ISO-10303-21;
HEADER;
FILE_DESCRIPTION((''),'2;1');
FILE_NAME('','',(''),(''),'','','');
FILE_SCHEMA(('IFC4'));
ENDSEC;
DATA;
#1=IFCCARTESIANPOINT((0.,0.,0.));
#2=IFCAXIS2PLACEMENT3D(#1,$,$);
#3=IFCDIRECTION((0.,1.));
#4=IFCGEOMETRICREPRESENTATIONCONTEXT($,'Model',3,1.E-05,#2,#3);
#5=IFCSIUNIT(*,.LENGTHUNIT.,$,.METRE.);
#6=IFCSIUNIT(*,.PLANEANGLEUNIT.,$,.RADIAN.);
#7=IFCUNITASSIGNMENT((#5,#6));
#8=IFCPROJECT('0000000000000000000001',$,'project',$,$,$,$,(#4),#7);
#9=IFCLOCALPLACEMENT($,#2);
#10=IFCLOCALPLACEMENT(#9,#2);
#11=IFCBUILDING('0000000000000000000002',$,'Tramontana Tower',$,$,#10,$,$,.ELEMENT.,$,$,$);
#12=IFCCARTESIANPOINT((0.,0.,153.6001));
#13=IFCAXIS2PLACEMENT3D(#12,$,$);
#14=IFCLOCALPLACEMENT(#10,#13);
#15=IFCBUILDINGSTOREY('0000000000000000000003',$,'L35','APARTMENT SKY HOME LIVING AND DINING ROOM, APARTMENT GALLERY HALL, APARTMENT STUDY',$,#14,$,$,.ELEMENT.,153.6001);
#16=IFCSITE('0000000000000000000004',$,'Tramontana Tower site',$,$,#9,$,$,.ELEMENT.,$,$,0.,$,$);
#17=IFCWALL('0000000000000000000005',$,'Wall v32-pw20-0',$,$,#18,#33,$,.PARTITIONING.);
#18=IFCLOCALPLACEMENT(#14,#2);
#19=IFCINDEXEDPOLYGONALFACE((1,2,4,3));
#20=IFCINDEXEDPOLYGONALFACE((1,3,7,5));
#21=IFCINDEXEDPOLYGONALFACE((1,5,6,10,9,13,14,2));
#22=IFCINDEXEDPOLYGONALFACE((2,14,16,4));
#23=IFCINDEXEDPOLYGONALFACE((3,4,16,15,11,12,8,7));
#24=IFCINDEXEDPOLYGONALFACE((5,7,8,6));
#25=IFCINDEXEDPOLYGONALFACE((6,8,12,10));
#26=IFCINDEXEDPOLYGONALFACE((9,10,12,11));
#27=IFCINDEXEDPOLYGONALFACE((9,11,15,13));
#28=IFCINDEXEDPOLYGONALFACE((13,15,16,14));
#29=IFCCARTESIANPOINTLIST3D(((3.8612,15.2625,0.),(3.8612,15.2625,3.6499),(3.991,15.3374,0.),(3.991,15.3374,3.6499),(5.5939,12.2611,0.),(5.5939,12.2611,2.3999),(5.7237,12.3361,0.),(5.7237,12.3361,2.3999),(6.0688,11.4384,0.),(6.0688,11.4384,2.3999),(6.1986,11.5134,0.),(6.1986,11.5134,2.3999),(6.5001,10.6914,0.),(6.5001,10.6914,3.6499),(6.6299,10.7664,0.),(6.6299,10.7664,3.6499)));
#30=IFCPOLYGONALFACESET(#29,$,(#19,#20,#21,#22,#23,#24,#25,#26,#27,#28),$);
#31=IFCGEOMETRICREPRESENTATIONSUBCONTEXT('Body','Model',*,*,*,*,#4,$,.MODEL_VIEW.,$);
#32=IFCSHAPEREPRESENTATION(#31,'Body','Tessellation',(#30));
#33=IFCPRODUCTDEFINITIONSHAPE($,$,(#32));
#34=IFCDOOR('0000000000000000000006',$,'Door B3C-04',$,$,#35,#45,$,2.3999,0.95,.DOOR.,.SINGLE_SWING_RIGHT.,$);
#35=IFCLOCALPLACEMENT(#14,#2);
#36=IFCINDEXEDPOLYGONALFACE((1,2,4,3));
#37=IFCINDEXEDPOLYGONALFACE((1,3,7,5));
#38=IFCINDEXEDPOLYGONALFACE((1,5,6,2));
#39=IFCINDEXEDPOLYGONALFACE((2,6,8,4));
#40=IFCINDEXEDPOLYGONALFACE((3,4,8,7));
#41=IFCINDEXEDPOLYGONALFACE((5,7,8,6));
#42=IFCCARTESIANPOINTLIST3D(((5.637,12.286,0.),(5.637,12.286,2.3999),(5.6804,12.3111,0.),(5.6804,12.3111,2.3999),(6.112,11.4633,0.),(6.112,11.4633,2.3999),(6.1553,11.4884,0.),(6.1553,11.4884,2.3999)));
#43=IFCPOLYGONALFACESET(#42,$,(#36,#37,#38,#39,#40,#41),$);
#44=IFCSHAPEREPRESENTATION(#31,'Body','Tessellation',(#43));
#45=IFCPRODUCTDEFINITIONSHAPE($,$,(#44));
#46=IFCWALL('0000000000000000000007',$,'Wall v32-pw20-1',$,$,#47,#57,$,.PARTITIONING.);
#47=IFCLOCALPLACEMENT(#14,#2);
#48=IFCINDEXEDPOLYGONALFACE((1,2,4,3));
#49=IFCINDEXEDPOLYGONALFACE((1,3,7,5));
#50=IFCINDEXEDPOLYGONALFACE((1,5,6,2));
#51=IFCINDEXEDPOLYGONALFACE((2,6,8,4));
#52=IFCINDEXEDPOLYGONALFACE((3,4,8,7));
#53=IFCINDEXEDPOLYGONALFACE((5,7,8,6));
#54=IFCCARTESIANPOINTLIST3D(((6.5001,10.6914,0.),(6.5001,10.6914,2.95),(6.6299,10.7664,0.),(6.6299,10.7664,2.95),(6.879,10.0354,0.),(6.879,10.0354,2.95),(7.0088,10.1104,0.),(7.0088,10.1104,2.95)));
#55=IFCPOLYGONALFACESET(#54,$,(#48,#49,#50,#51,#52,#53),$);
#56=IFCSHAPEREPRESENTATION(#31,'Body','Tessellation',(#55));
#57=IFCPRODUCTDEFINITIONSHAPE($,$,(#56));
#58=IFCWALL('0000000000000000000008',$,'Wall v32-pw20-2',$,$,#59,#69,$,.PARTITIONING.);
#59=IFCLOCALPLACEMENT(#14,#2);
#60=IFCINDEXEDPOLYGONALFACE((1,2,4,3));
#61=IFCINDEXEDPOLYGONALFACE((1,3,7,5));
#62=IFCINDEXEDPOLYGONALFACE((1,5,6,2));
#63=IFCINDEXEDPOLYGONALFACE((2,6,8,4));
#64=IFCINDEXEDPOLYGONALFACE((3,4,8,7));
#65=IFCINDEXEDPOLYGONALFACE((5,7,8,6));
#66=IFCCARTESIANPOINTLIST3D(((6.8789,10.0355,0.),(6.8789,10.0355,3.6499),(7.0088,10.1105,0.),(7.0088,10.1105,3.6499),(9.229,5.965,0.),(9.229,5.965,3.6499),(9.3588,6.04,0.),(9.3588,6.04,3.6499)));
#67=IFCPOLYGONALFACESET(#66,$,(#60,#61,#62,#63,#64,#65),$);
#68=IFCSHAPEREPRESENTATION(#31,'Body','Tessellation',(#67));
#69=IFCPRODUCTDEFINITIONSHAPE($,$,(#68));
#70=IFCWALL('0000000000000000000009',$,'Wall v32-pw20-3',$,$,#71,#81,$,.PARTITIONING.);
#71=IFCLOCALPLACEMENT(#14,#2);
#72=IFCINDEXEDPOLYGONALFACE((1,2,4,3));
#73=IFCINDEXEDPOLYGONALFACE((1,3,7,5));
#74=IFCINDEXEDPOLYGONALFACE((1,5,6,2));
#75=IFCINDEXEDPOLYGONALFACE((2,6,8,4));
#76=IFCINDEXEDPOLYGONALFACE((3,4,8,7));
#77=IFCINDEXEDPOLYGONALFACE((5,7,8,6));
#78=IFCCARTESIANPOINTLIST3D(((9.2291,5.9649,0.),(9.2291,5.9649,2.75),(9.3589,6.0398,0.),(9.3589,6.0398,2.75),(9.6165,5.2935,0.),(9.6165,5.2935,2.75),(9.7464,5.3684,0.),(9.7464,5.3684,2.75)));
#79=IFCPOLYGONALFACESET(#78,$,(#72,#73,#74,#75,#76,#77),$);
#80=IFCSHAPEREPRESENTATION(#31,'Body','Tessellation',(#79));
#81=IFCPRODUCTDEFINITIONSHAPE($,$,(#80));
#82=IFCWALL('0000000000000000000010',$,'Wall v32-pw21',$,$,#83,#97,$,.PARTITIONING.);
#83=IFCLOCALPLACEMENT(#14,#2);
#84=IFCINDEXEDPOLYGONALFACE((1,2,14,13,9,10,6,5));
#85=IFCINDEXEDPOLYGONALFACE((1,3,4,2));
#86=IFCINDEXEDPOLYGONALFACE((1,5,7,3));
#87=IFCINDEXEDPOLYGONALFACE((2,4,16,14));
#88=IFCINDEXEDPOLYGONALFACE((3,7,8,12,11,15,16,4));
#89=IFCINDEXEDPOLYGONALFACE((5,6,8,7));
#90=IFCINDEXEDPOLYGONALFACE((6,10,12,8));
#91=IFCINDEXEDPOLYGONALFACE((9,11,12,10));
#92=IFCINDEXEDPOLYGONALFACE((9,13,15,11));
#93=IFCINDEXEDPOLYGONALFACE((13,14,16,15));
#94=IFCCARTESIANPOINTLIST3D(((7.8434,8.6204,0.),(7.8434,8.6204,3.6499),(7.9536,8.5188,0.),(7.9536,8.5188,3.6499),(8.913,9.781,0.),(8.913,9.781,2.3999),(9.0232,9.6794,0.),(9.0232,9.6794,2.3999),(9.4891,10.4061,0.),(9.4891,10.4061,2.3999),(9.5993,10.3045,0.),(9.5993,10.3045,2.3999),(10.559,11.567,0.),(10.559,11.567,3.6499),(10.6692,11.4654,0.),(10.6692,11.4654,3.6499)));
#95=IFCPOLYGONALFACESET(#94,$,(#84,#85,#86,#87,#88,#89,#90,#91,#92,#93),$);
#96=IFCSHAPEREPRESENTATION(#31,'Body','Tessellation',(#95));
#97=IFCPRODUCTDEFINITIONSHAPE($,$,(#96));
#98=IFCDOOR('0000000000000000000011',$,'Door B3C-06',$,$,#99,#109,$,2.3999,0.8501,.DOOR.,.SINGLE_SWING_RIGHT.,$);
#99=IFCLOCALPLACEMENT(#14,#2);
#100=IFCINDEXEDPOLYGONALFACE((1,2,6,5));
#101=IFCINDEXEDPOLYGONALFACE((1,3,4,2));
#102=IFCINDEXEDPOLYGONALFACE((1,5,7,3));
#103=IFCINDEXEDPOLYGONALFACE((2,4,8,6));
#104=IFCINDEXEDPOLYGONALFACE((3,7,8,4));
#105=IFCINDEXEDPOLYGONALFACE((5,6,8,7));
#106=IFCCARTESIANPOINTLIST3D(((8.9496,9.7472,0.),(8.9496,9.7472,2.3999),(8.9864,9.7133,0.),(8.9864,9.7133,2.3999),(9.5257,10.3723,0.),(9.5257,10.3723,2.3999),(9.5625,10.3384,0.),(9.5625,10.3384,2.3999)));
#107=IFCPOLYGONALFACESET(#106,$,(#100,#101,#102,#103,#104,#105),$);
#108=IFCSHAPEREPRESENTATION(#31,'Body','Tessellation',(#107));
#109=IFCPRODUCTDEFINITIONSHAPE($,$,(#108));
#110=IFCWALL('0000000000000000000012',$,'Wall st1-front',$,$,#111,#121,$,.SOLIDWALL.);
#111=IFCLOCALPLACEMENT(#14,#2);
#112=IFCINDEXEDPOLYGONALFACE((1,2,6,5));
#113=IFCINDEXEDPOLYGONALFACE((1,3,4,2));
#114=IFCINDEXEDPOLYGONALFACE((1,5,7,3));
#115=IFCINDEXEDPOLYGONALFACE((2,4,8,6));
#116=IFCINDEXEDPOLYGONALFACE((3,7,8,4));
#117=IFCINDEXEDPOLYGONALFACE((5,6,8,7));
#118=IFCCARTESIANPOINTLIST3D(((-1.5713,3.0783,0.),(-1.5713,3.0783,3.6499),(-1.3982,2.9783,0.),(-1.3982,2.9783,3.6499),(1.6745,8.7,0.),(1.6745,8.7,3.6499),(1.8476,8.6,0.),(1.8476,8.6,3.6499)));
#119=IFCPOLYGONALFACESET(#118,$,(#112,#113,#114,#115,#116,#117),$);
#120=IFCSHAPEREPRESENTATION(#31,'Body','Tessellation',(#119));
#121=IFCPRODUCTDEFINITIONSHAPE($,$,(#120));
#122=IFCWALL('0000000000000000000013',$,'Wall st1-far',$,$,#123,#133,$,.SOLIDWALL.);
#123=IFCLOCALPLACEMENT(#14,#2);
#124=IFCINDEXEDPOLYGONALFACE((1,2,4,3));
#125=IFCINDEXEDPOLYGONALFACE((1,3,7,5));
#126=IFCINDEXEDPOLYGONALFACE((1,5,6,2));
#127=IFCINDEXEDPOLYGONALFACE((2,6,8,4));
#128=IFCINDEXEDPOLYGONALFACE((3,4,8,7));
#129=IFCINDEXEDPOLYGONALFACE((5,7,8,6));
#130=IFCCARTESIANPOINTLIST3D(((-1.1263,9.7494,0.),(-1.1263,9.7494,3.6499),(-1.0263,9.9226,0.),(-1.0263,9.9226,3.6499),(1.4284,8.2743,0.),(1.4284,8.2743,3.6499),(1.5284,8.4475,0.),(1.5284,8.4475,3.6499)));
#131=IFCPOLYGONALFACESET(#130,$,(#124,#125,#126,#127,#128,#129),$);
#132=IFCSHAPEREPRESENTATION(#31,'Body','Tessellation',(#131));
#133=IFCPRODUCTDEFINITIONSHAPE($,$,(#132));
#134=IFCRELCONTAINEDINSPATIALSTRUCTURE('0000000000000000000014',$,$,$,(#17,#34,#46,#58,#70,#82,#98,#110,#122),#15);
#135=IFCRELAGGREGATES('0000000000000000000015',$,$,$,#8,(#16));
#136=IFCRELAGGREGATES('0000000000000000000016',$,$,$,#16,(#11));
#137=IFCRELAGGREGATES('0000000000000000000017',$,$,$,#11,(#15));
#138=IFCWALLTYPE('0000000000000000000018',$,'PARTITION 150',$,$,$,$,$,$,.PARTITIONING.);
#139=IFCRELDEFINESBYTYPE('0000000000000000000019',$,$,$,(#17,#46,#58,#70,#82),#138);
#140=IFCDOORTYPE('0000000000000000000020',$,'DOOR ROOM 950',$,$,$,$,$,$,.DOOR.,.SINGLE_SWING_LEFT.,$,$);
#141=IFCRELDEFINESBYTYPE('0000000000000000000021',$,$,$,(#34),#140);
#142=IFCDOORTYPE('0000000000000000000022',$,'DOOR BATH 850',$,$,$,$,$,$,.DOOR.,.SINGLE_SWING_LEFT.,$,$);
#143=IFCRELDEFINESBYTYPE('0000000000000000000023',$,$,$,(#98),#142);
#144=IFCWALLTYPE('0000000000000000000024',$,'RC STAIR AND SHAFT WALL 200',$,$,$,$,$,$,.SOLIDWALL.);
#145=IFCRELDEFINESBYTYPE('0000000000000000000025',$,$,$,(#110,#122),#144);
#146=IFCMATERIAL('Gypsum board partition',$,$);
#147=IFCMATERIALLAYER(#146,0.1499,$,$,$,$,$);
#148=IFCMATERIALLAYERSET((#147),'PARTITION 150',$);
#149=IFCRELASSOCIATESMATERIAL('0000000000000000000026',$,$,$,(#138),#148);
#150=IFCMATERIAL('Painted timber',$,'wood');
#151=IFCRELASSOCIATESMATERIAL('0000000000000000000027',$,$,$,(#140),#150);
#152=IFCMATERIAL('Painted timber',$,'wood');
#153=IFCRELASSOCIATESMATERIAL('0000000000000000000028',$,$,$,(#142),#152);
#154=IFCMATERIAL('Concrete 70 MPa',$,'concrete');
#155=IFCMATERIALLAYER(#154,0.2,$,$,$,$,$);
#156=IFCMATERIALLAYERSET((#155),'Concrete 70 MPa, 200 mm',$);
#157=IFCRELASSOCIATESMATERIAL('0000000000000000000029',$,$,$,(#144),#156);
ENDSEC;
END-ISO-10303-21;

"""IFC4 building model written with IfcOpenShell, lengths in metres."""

from ifc_helpers import new_model, si_unit, direction, frame, frame_2d, origin, place, context, subcontext, project, spatial, rectangle, extrude, material, layer, layer_set, type_object, element, fill, save


model = new_model("IFC4")

# Units and contexts
model_context = context("Model", 3, precision=1e-05, world=origin(), true_north=direction((0.0, 1.0)))
body_context = subcontext(model_context, "Body", "Model", "MODEL_VIEW")
ifc_project = project(units=[si_unit("LENGTHUNIT", "METRE"), si_unit("PLANEANGLEUNIT", "RADIAN")], contexts=[model_context])

# Site, building, storey
site_placement = place(None, origin())
site = spatial("IfcSite", under=ifc_project, at=site_placement, Name="Tramontana Tower site", CompositionType="ELEMENT", RefElevation=0.0)
building_placement = place(site_placement, origin())
building = spatial("IfcBuilding", under=site, at=building_placement, Name="Tramontana Tower", CompositionType="ELEMENT")
storey_placement = place(building_placement, frame((0.0, 0.0, 153.6001)))
storey = spatial("IfcBuildingStorey", under=building, at=storey_placement, Name="L35", Description="APARTMENT SKY HOME LIVING AND DINING ROOM, APARTMENT GALLERY HALL, APARTMENT STUDY", CompositionType="ELEMENT", Elevation=153.6001)

# Shared definitions
ifc_material_1 = material(Name="Gypsum board partition")
ifc_layer_1 = layer(ifc_material_1, 0.1499)
ifc_layer_set_1 = layer_set([ifc_layer_1], Name="PARTITION 150")
wall_type_1 = type_object("IfcWallType", Name="PARTITION 150", PredefinedType="PARTITIONING", material=ifc_layer_set_1)

# Wall, opening, door
wall_1_placement = place(storey_placement, frame((3.926, 15.3, 0.0), z_axis=(0.0, 0.0, 1.0), x_axis=(0.499975, -0.86604, 0.0)))
wall_1 = element("IfcWall", 1, at=wall_1_placement, inside=storey, type_object=wall_type_1, Name="Wall v32-pw20-0", PredefinedType="PARTITIONING", context=body_context, shape_type="SweptSolid", body=[
    extrude(rectangle(XDim=5.2781, YDim=0.1499, at=frame_2d((2.6392, 0.0))), origin(), (0.0, 0.0, 1.0), 3.6499),
])
opening_1_placement = place(wall_1_placement, frame((3.4656, 0.0, 0.0)))
opening_1 = element("IfcOpeningElement", 2, at=opening_1_placement, cuts=wall_1, PredefinedType="OPENING", context=body_context, shape_type="SweptSolid", body=[
    extrude(rectangle(XDim=0.95, YDim=2.3999, at=frame_2d((0.4751, 1.2))), frame((0.0, 0.085, 0.0), z_axis=(0.0, -1.0, 0.0), x_axis=(1.0, 0.0, 0.0)), (0.0, 0.0, 1.0), 0.1699),
])
ifc_material_2 = material(Name="Painted timber", Category="wood")
door_type_1 = type_object("IfcDoorType", Name="DOOR ROOM 950", OperationType="SINGLE_SWING_LEFT", PredefinedType="DOOR", material=ifc_material_2)
door_1_placement = place(opening_1_placement, origin())
door_1 = element("IfcDoor", 3, at=door_1_placement, inside=storey, type_object=door_type_1, Name="Door B3C-04", OperationType="SINGLE_SWING_RIGHT", OverallHeight=2.3999, OverallWidth=0.95, PredefinedType="DOOR", context=body_context, shape_type="SweptSolid", body=[
    extrude(rectangle(XDim=0.95, YDim=2.3999, at=frame_2d((0.4751, 1.2))), frame((0.0, 0.0249, 0.0), z_axis=(0.0, -1.0, 0.0), x_axis=(1.0, 0.0, 0.0)), (0.0, 0.0, 1.0), 0.05),
])
fill(opening_1, door_1)

# Walls
wall_2_placement = place(storey_placement, frame((6.5649, 10.729, 0.0), z_axis=(0.0, 0.0, 1.0), x_axis=(0.500159, -0.865933, 0.0)))
element("IfcWall", 4, at=wall_2_placement, inside=storey, type_object=wall_type_1, Name="Wall v32-pw20-1", PredefinedType="PARTITIONING", context=body_context, shape_type="SweptSolid", body=[
    extrude(rectangle(XDim=0.7576, YDim=0.1499, at=frame_2d((0.3789, 0.0))), origin(), (0.0, 0.0, 1.0), 2.95),
])
wall_3_placement = place(storey_placement, frame((6.9438, 10.073, 0.0), z_axis=(0.0, 0.0, 1.0), x_axis=(0.499994, -0.866029, 0.0)))
element("IfcWall", 5, at=wall_3_placement, inside=storey, type_object=wall_type_1, Name="Wall v32-pw20-2", PredefinedType="PARTITIONING", context=body_context, shape_type="SweptSolid", body=[
    extrude(rectangle(XDim=4.7002, YDim=0.1499, at=frame_2d((2.3501, 0.0))), origin(), (0.0, 0.0, 1.0), 3.6499),
])
wall_4_placement = place(storey_placement, frame((9.2939, 6.0024, 0.0), z_axis=(0.0, 0.0, 1.0), x_axis=(0.499832, -0.866123, 0.0)))
element("IfcWall", 6, at=wall_4_placement, inside=storey, type_object=wall_type_1, Name="Wall v32-pw20-3", PredefinedType="PARTITIONING", context=body_context, shape_type="SweptSolid", body=[
    extrude(rectangle(XDim=0.7751, YDim=0.1499, at=frame_2d((0.3877, 0.0))), origin(), (0.0, 0.0, 1.0), 2.75),
])

# Wall, opening, door
wall_5_placement = place(storey_placement, frame((10.614, 11.5161, 0.0), z_axis=(0.0, 0.0, 1.0), x_axis=(-0.6777, -0.735338, 0.0)))
wall_5 = element("IfcWall", 7, at=wall_5_placement, inside=storey, type_object=wall_type_1, Name="Wall v32-pw21", PredefinedType="PARTITIONING", context=body_context, shape_type="SweptSolid", body=[
    extrude(rectangle(XDim=4.0071, YDim=0.1499, at=frame_2d((2.0034, 0.0))), origin(), (0.0, 0.0, 1.0), 3.6499),
])
opening_2_placement = place(wall_5_placement, frame((1.5786, 0.0, 0.0)))
opening_2 = element("IfcOpeningElement", 8, at=opening_2_placement, cuts=wall_5, PredefinedType="OPENING", context=body_context, shape_type="SweptSolid", body=[
    extrude(rectangle(XDim=0.8501, YDim=2.3999, at=frame_2d((0.425, 1.2))), frame((0.0, 0.085, 0.0), z_axis=(0.0, -1.0, 0.0), x_axis=(1.0, 0.0, 0.0)), (0.0, 0.0, 1.0), 0.1699),
])
ifc_material_3 = material(Name="Painted timber", Category="wood")
door_type_2 = type_object("IfcDoorType", Name="DOOR BATH 850", OperationType="SINGLE_SWING_LEFT", PredefinedType="DOOR", material=ifc_material_3)
door_2_placement = place(opening_2_placement, origin())
door_2 = element("IfcDoor", 9, at=door_2_placement, inside=storey, type_object=door_type_2, Name="Door B3C-06", OperationType="SINGLE_SWING_RIGHT", OverallHeight=2.3999, OverallWidth=0.8501, PredefinedType="DOOR", context=body_context, shape_type="SweptSolid", body=[
    extrude(rectangle(XDim=0.8501, YDim=2.3999, at=frame_2d((0.425, 1.2))), frame((0.0, 0.0249, 0.0), z_axis=(0.0, -1.0, 0.0), x_axis=(1.0, 0.0, 0.0)), (0.0, 0.0, 1.0), 0.05),
])
fill(opening_2, door_2)

# Walls
ifc_material_4 = material(Name="Concrete 70 MPa", Category="concrete")
ifc_layer_2 = layer(ifc_material_4, 0.2)
ifc_layer_set_2 = layer_set([ifc_layer_2], Name="Concrete 70 MPa, 200 mm")
wall_type_2 = type_object("IfcWallType", Name="RC STAIR AND SHAFT WALL 200", PredefinedType="SOLIDWALL", material=ifc_layer_set_2)
wall_6_placement = place(storey_placement, frame((1.761, 8.6499, 0.0), z_axis=(0.0, 0.0, 1.0), x_axis=(-0.50001, -0.86602, 0.0)))
element("IfcWall", 10, at=wall_6_placement, inside=storey, type_object=wall_type_2, Name="Wall st1-front", PredefinedType="SOLIDWALL", context=body_context, shape_type="SweptSolid", body=[
    extrude(rectangle(XDim=6.4915, YDim=0.2, at=frame_2d((3.2456, 0.0))), origin(), (0.0, 0.0, 1.0), 3.6499),
])
wall_7_placement = place(storey_placement, frame((1.4785, 8.3608, 0.0), z_axis=(0.0, 0.0, 1.0), x_axis=(-0.866004, 0.500038, 0.0)))
element("IfcWall", 11, at=wall_7_placement, inside=storey, type_object=wall_type_2, Name="Wall st1-far", PredefinedType="SOLIDWALL", context=body_context, shape_type="SweptSolid", body=[
    extrude(rectangle(XDim=2.95, YDim=0.2, at=frame_2d((1.4751, 0.0))), origin(), (0.0, 0.0, 1.0), 3.6499),
])

save(model, "model.ifc")
